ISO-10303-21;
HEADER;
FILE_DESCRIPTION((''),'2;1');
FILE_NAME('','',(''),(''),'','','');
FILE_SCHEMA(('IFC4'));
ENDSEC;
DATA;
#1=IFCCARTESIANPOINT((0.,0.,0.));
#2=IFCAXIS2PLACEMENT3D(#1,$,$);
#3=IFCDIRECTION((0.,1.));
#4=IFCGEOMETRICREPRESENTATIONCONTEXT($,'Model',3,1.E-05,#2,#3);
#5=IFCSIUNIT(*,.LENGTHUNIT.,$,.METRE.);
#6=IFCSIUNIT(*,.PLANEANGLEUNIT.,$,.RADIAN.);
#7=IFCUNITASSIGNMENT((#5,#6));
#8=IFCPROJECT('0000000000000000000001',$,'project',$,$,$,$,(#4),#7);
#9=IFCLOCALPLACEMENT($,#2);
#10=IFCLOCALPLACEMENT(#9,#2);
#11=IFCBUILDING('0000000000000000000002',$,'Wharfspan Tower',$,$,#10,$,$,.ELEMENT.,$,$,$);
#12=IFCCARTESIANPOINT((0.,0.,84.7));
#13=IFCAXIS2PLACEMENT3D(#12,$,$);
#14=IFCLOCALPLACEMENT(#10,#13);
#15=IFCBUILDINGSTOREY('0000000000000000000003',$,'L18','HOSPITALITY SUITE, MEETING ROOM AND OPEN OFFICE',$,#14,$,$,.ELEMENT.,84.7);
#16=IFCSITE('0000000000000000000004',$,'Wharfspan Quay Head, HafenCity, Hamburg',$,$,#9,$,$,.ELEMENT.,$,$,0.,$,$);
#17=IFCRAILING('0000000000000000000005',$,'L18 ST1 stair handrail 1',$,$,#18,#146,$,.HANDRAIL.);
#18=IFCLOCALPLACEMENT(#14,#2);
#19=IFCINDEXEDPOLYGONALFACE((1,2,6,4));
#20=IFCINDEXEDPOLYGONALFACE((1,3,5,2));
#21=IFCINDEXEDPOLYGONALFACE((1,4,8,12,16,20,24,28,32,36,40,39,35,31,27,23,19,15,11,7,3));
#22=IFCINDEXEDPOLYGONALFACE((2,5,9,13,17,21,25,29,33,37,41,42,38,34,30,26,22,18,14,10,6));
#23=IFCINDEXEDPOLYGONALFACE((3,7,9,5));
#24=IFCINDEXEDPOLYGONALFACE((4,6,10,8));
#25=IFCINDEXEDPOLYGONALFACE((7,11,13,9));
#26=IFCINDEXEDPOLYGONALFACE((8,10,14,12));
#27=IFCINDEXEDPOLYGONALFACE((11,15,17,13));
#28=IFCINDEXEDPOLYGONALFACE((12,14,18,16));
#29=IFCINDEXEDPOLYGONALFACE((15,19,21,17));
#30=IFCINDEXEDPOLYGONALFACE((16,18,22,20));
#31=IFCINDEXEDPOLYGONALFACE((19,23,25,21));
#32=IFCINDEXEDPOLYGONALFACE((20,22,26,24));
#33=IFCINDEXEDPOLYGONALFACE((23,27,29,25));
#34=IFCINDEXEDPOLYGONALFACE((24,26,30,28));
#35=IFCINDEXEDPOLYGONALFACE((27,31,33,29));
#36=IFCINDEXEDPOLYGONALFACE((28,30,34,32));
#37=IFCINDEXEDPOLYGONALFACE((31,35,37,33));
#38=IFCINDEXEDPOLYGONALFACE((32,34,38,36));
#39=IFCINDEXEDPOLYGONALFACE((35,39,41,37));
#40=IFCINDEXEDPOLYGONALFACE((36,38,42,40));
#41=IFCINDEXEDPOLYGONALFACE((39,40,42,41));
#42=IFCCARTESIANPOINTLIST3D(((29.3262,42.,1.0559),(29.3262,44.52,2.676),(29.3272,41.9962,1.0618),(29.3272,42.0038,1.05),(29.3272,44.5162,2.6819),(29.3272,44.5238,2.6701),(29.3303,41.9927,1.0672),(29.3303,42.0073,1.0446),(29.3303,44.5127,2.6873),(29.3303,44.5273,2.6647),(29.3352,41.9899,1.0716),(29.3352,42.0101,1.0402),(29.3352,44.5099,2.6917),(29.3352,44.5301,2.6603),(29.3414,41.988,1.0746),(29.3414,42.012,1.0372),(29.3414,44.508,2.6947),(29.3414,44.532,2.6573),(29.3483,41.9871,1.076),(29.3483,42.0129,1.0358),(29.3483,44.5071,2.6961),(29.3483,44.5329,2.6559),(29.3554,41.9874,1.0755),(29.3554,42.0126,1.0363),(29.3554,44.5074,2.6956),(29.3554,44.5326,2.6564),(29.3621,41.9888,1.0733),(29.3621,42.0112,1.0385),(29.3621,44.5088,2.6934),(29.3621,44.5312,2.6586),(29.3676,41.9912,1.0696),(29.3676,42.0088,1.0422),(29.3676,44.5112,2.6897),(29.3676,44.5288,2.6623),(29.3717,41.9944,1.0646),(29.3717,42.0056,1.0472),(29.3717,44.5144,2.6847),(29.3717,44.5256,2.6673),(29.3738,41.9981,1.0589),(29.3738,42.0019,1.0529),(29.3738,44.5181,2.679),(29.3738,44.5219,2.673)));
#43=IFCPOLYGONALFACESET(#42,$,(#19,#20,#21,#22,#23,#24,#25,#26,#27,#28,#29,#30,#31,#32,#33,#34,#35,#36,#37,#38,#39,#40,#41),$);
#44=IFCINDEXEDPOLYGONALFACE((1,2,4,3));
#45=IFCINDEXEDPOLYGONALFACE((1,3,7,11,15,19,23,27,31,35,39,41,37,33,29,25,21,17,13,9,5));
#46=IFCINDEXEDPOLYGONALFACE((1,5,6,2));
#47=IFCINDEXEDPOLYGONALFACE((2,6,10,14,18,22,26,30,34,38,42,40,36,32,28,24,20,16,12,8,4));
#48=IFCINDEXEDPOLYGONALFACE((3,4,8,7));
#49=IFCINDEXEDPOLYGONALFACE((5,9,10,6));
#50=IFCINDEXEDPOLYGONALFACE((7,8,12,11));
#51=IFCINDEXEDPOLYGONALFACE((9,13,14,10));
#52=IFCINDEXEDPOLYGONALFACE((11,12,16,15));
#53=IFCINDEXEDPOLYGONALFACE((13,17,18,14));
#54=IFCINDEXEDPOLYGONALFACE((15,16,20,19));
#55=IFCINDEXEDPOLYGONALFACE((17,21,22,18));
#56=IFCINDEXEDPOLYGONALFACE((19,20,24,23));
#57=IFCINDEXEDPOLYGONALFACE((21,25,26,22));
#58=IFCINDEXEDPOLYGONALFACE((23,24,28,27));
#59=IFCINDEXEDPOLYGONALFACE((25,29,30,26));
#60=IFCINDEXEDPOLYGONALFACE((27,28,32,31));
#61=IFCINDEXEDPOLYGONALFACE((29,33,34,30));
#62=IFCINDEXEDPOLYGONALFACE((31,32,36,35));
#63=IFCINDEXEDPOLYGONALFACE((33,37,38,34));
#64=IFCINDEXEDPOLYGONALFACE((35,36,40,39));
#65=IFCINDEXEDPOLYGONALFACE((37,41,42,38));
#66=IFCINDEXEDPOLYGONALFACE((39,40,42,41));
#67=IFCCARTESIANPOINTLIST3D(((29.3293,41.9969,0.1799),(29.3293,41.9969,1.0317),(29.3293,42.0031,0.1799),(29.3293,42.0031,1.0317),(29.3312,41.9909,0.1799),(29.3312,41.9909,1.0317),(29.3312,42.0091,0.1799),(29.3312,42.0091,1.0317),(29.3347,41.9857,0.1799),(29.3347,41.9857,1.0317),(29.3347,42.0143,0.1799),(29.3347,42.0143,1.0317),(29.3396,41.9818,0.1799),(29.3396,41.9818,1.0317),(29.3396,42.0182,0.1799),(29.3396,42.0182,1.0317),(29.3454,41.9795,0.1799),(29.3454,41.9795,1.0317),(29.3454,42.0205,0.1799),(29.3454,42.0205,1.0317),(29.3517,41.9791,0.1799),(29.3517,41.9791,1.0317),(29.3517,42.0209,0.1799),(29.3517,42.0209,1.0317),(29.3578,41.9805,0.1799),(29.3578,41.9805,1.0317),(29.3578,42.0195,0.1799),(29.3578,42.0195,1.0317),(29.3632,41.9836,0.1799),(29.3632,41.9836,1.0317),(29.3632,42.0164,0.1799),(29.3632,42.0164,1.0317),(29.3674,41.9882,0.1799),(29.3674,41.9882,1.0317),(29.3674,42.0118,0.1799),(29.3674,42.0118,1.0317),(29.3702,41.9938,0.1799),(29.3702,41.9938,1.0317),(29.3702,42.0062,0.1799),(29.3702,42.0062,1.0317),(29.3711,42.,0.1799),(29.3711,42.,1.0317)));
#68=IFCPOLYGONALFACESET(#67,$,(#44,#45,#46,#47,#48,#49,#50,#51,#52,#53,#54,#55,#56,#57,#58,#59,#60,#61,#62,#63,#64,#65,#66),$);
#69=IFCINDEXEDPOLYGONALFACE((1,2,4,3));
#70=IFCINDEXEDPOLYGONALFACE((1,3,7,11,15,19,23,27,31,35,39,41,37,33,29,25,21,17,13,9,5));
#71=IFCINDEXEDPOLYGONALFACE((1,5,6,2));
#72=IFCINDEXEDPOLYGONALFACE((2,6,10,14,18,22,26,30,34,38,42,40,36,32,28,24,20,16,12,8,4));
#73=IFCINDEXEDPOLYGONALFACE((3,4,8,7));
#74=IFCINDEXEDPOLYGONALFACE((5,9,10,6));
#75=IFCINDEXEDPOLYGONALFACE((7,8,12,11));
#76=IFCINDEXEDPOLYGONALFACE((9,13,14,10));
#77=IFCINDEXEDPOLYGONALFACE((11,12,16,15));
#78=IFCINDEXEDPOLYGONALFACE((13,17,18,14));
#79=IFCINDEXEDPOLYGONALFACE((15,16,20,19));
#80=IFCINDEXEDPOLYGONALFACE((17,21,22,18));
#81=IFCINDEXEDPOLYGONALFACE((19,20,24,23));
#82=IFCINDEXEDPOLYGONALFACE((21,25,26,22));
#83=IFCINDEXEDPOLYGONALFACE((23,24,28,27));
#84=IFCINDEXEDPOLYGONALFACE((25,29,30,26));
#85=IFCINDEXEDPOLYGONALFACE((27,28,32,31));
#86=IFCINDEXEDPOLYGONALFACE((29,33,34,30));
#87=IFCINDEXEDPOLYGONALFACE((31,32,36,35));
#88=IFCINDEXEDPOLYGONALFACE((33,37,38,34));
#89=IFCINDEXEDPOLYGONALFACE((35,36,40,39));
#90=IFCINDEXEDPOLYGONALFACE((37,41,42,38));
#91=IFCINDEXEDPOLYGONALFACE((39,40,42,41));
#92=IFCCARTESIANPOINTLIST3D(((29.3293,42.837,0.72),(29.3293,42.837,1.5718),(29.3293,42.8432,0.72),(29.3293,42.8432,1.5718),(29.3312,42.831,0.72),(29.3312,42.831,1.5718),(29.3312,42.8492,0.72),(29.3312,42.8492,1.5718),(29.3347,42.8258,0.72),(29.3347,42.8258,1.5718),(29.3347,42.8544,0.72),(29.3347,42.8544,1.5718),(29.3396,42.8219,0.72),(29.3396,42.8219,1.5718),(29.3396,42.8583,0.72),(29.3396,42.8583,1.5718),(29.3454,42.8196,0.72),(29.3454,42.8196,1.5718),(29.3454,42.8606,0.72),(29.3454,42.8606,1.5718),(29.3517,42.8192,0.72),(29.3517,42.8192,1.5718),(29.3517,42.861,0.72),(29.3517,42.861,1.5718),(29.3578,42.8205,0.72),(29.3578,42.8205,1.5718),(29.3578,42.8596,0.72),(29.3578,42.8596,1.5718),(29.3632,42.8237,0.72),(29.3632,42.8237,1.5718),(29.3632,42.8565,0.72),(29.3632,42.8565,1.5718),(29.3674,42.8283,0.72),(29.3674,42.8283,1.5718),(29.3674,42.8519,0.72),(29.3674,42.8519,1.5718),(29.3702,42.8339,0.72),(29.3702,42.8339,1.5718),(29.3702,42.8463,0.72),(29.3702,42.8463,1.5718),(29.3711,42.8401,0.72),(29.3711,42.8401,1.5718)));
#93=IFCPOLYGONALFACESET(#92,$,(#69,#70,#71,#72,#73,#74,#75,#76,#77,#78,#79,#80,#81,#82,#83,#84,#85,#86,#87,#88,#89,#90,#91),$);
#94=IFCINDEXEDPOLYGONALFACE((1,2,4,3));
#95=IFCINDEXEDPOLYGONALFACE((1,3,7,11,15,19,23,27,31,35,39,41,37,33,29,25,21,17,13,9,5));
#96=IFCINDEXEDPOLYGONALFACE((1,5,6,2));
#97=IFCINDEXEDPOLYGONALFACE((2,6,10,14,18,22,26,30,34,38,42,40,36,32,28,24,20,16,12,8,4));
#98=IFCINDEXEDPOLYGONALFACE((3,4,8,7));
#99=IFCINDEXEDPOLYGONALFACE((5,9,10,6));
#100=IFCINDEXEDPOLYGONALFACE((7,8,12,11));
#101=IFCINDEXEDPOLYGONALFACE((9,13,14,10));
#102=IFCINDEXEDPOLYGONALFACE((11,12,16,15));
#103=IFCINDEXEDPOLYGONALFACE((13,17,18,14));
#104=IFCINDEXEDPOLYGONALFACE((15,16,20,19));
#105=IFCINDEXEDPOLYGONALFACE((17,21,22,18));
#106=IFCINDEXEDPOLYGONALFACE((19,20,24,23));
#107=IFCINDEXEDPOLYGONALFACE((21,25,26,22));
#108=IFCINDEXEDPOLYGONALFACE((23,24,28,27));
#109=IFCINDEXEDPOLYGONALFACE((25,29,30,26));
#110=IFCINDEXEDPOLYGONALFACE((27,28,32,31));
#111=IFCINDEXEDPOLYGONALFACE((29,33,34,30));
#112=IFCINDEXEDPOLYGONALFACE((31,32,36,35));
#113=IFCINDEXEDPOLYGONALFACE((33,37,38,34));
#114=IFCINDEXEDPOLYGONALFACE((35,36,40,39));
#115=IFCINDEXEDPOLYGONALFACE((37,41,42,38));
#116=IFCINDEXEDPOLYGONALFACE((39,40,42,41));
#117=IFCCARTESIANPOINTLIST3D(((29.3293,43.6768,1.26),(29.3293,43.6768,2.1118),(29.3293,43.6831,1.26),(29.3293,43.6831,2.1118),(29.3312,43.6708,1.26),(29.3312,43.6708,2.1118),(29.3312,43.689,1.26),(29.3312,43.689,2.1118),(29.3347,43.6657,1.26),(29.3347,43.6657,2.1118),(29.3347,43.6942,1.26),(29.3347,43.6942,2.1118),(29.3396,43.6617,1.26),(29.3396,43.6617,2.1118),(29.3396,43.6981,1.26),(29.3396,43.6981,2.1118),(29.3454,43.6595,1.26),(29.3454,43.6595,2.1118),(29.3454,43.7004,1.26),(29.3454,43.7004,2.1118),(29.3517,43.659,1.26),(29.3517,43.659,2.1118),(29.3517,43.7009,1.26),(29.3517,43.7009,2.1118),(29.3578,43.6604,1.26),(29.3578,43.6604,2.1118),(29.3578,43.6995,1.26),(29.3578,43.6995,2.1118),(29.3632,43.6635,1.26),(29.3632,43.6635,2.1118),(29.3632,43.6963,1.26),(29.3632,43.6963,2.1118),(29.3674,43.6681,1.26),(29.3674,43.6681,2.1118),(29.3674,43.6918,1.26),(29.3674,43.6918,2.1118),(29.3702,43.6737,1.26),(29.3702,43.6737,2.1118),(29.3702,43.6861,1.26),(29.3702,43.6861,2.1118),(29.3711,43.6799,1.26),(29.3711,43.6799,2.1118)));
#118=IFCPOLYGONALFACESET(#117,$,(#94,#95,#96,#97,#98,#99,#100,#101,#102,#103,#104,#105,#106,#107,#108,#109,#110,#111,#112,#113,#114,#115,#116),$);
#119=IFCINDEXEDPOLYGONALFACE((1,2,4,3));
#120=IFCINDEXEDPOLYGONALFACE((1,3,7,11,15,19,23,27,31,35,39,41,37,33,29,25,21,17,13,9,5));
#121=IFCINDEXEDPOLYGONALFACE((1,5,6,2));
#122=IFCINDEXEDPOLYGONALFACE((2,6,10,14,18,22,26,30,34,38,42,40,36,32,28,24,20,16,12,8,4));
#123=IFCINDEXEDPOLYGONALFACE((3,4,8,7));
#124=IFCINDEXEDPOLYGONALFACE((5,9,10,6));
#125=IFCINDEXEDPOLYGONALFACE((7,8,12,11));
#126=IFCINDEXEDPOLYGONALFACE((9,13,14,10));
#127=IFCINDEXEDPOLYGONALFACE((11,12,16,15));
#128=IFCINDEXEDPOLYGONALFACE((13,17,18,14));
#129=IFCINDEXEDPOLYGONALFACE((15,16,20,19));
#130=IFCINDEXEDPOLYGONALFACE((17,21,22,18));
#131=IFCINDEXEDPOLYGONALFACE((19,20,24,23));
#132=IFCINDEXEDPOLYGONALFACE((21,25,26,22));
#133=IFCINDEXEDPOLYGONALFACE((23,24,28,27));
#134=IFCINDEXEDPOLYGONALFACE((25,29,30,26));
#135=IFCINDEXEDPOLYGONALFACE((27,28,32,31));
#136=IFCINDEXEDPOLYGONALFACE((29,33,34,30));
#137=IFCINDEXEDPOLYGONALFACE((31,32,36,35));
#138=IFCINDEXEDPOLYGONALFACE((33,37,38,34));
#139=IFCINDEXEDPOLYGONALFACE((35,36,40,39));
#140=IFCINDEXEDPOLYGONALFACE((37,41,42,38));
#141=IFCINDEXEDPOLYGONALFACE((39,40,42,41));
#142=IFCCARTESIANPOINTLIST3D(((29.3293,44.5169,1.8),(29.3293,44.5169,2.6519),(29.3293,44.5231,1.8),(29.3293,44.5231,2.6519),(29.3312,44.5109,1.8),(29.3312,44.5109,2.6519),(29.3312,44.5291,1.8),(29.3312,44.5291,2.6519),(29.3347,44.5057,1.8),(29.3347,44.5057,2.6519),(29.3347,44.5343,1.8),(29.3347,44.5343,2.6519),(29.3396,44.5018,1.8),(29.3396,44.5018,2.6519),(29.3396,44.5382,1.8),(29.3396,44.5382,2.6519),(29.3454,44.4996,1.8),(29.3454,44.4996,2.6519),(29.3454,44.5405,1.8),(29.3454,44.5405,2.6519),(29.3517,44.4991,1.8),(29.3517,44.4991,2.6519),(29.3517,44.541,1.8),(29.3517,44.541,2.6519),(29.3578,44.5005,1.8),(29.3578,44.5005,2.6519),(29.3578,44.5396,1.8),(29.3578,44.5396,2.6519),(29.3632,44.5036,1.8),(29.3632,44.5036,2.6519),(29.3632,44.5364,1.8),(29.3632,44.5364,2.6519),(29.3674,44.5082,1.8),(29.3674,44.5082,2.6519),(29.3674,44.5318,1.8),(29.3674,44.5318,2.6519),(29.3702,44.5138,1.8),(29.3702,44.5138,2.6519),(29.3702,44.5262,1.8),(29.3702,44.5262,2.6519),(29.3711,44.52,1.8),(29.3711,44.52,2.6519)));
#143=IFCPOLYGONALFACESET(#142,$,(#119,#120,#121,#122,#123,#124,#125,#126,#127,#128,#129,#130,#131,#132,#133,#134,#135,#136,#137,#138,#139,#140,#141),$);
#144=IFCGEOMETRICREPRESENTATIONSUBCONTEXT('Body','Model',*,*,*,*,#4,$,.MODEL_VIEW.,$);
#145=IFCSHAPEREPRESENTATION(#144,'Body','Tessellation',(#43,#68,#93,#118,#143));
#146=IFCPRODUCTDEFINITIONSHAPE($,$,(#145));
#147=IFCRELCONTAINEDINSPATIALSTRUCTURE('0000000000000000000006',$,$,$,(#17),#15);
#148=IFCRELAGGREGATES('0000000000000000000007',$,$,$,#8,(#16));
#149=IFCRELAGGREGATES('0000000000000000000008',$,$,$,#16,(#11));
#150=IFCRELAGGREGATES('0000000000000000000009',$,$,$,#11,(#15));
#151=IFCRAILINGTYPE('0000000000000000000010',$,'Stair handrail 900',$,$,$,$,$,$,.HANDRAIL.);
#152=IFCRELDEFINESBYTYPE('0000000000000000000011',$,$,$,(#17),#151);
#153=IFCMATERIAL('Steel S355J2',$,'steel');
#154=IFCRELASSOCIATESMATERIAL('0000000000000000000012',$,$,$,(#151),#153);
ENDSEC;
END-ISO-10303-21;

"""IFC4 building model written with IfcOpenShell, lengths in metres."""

from ifc_helpers import new_model, si_unit, direction, frame, origin, origin_2d, place, context, subcontext, project, spatial, circle, extrude, material, type_object, element, save


model = new_model("IFC4")

# Units and contexts
model_context = context("Model", 3, precision=1e-05, world=origin(), true_north=direction((0.0, 1.0)))
body_context = subcontext(model_context, "Body", "Model", "MODEL_VIEW")
ifc_project = project(units=[si_unit("LENGTHUNIT", "METRE"), si_unit("PLANEANGLEUNIT", "RADIAN")], contexts=[model_context])

# Site, building, storey
site_placement = place(None, origin())
site = spatial("IfcSite", under=ifc_project, at=site_placement, Name="Wharfspan Quay Head, HafenCity, Hamburg", CompositionType="ELEMENT", RefElevation=0.0)
building_placement = place(site_placement, origin())
building = spatial("IfcBuilding", under=site, at=building_placement, Name="Wharfspan Tower", CompositionType="ELEMENT")
storey_placement = place(building_placement, frame((0.0, 0.0, 84.7)))
storey = spatial("IfcBuildingStorey", under=building, at=storey_placement, Name="L18", Description="HOSPITALITY SUITE, MEETING ROOM AND OPEN OFFICE", CompositionType="ELEMENT", Elevation=84.7)

# Shared definitions
ifc_material_1 = material(Name="Steel S355J2", Category="steel")

# Railing
railing_type_1 = type_object("IfcRailingType", Name="Stair handrail 900", PredefinedType="HANDRAIL", material=ifc_material_1)
railing_1_placement = place(storey_placement, frame((29.3501, 42.0, 0.1799)))
element("IfcRailing", 1, at=railing_1_placement, inside=storey, type_object=railing_type_1, Name="L18 ST1 stair handrail 1", PredefinedType="HANDRAIL", context=body_context, shape_type="SweptSolid", body=[
    extrude(circle(Radius=0.0239, at=origin_2d()), frame((0.0, 0.0, 0.876), z_axis=(0.0, 0.841163, 0.540782), x_axis=(-1.0, 0.0, 0.0)), (0.0, 0.0, 1.0), 2.9958),
    extrude(circle(Radius=0.021, at=origin_2d()), origin(), (0.0, 0.0, 1.0), 0.8518),
    extrude(circle(Radius=0.021, at=origin_2d()), frame((0.0, 0.8401, 0.54)), (0.0, 0.0, 1.0), 0.8518),
    extrude(circle(Radius=0.021, at=origin_2d()), frame((0.0, 1.6799, 1.0801)), (0.0, 0.0, 1.0), 0.8518),
    extrude(circle(Radius=0.021, at=origin_2d()), frame((0.0, 2.52, 1.6201)), (0.0, 0.0, 1.0), 0.8518),
])

save(model, "model.ifc")
